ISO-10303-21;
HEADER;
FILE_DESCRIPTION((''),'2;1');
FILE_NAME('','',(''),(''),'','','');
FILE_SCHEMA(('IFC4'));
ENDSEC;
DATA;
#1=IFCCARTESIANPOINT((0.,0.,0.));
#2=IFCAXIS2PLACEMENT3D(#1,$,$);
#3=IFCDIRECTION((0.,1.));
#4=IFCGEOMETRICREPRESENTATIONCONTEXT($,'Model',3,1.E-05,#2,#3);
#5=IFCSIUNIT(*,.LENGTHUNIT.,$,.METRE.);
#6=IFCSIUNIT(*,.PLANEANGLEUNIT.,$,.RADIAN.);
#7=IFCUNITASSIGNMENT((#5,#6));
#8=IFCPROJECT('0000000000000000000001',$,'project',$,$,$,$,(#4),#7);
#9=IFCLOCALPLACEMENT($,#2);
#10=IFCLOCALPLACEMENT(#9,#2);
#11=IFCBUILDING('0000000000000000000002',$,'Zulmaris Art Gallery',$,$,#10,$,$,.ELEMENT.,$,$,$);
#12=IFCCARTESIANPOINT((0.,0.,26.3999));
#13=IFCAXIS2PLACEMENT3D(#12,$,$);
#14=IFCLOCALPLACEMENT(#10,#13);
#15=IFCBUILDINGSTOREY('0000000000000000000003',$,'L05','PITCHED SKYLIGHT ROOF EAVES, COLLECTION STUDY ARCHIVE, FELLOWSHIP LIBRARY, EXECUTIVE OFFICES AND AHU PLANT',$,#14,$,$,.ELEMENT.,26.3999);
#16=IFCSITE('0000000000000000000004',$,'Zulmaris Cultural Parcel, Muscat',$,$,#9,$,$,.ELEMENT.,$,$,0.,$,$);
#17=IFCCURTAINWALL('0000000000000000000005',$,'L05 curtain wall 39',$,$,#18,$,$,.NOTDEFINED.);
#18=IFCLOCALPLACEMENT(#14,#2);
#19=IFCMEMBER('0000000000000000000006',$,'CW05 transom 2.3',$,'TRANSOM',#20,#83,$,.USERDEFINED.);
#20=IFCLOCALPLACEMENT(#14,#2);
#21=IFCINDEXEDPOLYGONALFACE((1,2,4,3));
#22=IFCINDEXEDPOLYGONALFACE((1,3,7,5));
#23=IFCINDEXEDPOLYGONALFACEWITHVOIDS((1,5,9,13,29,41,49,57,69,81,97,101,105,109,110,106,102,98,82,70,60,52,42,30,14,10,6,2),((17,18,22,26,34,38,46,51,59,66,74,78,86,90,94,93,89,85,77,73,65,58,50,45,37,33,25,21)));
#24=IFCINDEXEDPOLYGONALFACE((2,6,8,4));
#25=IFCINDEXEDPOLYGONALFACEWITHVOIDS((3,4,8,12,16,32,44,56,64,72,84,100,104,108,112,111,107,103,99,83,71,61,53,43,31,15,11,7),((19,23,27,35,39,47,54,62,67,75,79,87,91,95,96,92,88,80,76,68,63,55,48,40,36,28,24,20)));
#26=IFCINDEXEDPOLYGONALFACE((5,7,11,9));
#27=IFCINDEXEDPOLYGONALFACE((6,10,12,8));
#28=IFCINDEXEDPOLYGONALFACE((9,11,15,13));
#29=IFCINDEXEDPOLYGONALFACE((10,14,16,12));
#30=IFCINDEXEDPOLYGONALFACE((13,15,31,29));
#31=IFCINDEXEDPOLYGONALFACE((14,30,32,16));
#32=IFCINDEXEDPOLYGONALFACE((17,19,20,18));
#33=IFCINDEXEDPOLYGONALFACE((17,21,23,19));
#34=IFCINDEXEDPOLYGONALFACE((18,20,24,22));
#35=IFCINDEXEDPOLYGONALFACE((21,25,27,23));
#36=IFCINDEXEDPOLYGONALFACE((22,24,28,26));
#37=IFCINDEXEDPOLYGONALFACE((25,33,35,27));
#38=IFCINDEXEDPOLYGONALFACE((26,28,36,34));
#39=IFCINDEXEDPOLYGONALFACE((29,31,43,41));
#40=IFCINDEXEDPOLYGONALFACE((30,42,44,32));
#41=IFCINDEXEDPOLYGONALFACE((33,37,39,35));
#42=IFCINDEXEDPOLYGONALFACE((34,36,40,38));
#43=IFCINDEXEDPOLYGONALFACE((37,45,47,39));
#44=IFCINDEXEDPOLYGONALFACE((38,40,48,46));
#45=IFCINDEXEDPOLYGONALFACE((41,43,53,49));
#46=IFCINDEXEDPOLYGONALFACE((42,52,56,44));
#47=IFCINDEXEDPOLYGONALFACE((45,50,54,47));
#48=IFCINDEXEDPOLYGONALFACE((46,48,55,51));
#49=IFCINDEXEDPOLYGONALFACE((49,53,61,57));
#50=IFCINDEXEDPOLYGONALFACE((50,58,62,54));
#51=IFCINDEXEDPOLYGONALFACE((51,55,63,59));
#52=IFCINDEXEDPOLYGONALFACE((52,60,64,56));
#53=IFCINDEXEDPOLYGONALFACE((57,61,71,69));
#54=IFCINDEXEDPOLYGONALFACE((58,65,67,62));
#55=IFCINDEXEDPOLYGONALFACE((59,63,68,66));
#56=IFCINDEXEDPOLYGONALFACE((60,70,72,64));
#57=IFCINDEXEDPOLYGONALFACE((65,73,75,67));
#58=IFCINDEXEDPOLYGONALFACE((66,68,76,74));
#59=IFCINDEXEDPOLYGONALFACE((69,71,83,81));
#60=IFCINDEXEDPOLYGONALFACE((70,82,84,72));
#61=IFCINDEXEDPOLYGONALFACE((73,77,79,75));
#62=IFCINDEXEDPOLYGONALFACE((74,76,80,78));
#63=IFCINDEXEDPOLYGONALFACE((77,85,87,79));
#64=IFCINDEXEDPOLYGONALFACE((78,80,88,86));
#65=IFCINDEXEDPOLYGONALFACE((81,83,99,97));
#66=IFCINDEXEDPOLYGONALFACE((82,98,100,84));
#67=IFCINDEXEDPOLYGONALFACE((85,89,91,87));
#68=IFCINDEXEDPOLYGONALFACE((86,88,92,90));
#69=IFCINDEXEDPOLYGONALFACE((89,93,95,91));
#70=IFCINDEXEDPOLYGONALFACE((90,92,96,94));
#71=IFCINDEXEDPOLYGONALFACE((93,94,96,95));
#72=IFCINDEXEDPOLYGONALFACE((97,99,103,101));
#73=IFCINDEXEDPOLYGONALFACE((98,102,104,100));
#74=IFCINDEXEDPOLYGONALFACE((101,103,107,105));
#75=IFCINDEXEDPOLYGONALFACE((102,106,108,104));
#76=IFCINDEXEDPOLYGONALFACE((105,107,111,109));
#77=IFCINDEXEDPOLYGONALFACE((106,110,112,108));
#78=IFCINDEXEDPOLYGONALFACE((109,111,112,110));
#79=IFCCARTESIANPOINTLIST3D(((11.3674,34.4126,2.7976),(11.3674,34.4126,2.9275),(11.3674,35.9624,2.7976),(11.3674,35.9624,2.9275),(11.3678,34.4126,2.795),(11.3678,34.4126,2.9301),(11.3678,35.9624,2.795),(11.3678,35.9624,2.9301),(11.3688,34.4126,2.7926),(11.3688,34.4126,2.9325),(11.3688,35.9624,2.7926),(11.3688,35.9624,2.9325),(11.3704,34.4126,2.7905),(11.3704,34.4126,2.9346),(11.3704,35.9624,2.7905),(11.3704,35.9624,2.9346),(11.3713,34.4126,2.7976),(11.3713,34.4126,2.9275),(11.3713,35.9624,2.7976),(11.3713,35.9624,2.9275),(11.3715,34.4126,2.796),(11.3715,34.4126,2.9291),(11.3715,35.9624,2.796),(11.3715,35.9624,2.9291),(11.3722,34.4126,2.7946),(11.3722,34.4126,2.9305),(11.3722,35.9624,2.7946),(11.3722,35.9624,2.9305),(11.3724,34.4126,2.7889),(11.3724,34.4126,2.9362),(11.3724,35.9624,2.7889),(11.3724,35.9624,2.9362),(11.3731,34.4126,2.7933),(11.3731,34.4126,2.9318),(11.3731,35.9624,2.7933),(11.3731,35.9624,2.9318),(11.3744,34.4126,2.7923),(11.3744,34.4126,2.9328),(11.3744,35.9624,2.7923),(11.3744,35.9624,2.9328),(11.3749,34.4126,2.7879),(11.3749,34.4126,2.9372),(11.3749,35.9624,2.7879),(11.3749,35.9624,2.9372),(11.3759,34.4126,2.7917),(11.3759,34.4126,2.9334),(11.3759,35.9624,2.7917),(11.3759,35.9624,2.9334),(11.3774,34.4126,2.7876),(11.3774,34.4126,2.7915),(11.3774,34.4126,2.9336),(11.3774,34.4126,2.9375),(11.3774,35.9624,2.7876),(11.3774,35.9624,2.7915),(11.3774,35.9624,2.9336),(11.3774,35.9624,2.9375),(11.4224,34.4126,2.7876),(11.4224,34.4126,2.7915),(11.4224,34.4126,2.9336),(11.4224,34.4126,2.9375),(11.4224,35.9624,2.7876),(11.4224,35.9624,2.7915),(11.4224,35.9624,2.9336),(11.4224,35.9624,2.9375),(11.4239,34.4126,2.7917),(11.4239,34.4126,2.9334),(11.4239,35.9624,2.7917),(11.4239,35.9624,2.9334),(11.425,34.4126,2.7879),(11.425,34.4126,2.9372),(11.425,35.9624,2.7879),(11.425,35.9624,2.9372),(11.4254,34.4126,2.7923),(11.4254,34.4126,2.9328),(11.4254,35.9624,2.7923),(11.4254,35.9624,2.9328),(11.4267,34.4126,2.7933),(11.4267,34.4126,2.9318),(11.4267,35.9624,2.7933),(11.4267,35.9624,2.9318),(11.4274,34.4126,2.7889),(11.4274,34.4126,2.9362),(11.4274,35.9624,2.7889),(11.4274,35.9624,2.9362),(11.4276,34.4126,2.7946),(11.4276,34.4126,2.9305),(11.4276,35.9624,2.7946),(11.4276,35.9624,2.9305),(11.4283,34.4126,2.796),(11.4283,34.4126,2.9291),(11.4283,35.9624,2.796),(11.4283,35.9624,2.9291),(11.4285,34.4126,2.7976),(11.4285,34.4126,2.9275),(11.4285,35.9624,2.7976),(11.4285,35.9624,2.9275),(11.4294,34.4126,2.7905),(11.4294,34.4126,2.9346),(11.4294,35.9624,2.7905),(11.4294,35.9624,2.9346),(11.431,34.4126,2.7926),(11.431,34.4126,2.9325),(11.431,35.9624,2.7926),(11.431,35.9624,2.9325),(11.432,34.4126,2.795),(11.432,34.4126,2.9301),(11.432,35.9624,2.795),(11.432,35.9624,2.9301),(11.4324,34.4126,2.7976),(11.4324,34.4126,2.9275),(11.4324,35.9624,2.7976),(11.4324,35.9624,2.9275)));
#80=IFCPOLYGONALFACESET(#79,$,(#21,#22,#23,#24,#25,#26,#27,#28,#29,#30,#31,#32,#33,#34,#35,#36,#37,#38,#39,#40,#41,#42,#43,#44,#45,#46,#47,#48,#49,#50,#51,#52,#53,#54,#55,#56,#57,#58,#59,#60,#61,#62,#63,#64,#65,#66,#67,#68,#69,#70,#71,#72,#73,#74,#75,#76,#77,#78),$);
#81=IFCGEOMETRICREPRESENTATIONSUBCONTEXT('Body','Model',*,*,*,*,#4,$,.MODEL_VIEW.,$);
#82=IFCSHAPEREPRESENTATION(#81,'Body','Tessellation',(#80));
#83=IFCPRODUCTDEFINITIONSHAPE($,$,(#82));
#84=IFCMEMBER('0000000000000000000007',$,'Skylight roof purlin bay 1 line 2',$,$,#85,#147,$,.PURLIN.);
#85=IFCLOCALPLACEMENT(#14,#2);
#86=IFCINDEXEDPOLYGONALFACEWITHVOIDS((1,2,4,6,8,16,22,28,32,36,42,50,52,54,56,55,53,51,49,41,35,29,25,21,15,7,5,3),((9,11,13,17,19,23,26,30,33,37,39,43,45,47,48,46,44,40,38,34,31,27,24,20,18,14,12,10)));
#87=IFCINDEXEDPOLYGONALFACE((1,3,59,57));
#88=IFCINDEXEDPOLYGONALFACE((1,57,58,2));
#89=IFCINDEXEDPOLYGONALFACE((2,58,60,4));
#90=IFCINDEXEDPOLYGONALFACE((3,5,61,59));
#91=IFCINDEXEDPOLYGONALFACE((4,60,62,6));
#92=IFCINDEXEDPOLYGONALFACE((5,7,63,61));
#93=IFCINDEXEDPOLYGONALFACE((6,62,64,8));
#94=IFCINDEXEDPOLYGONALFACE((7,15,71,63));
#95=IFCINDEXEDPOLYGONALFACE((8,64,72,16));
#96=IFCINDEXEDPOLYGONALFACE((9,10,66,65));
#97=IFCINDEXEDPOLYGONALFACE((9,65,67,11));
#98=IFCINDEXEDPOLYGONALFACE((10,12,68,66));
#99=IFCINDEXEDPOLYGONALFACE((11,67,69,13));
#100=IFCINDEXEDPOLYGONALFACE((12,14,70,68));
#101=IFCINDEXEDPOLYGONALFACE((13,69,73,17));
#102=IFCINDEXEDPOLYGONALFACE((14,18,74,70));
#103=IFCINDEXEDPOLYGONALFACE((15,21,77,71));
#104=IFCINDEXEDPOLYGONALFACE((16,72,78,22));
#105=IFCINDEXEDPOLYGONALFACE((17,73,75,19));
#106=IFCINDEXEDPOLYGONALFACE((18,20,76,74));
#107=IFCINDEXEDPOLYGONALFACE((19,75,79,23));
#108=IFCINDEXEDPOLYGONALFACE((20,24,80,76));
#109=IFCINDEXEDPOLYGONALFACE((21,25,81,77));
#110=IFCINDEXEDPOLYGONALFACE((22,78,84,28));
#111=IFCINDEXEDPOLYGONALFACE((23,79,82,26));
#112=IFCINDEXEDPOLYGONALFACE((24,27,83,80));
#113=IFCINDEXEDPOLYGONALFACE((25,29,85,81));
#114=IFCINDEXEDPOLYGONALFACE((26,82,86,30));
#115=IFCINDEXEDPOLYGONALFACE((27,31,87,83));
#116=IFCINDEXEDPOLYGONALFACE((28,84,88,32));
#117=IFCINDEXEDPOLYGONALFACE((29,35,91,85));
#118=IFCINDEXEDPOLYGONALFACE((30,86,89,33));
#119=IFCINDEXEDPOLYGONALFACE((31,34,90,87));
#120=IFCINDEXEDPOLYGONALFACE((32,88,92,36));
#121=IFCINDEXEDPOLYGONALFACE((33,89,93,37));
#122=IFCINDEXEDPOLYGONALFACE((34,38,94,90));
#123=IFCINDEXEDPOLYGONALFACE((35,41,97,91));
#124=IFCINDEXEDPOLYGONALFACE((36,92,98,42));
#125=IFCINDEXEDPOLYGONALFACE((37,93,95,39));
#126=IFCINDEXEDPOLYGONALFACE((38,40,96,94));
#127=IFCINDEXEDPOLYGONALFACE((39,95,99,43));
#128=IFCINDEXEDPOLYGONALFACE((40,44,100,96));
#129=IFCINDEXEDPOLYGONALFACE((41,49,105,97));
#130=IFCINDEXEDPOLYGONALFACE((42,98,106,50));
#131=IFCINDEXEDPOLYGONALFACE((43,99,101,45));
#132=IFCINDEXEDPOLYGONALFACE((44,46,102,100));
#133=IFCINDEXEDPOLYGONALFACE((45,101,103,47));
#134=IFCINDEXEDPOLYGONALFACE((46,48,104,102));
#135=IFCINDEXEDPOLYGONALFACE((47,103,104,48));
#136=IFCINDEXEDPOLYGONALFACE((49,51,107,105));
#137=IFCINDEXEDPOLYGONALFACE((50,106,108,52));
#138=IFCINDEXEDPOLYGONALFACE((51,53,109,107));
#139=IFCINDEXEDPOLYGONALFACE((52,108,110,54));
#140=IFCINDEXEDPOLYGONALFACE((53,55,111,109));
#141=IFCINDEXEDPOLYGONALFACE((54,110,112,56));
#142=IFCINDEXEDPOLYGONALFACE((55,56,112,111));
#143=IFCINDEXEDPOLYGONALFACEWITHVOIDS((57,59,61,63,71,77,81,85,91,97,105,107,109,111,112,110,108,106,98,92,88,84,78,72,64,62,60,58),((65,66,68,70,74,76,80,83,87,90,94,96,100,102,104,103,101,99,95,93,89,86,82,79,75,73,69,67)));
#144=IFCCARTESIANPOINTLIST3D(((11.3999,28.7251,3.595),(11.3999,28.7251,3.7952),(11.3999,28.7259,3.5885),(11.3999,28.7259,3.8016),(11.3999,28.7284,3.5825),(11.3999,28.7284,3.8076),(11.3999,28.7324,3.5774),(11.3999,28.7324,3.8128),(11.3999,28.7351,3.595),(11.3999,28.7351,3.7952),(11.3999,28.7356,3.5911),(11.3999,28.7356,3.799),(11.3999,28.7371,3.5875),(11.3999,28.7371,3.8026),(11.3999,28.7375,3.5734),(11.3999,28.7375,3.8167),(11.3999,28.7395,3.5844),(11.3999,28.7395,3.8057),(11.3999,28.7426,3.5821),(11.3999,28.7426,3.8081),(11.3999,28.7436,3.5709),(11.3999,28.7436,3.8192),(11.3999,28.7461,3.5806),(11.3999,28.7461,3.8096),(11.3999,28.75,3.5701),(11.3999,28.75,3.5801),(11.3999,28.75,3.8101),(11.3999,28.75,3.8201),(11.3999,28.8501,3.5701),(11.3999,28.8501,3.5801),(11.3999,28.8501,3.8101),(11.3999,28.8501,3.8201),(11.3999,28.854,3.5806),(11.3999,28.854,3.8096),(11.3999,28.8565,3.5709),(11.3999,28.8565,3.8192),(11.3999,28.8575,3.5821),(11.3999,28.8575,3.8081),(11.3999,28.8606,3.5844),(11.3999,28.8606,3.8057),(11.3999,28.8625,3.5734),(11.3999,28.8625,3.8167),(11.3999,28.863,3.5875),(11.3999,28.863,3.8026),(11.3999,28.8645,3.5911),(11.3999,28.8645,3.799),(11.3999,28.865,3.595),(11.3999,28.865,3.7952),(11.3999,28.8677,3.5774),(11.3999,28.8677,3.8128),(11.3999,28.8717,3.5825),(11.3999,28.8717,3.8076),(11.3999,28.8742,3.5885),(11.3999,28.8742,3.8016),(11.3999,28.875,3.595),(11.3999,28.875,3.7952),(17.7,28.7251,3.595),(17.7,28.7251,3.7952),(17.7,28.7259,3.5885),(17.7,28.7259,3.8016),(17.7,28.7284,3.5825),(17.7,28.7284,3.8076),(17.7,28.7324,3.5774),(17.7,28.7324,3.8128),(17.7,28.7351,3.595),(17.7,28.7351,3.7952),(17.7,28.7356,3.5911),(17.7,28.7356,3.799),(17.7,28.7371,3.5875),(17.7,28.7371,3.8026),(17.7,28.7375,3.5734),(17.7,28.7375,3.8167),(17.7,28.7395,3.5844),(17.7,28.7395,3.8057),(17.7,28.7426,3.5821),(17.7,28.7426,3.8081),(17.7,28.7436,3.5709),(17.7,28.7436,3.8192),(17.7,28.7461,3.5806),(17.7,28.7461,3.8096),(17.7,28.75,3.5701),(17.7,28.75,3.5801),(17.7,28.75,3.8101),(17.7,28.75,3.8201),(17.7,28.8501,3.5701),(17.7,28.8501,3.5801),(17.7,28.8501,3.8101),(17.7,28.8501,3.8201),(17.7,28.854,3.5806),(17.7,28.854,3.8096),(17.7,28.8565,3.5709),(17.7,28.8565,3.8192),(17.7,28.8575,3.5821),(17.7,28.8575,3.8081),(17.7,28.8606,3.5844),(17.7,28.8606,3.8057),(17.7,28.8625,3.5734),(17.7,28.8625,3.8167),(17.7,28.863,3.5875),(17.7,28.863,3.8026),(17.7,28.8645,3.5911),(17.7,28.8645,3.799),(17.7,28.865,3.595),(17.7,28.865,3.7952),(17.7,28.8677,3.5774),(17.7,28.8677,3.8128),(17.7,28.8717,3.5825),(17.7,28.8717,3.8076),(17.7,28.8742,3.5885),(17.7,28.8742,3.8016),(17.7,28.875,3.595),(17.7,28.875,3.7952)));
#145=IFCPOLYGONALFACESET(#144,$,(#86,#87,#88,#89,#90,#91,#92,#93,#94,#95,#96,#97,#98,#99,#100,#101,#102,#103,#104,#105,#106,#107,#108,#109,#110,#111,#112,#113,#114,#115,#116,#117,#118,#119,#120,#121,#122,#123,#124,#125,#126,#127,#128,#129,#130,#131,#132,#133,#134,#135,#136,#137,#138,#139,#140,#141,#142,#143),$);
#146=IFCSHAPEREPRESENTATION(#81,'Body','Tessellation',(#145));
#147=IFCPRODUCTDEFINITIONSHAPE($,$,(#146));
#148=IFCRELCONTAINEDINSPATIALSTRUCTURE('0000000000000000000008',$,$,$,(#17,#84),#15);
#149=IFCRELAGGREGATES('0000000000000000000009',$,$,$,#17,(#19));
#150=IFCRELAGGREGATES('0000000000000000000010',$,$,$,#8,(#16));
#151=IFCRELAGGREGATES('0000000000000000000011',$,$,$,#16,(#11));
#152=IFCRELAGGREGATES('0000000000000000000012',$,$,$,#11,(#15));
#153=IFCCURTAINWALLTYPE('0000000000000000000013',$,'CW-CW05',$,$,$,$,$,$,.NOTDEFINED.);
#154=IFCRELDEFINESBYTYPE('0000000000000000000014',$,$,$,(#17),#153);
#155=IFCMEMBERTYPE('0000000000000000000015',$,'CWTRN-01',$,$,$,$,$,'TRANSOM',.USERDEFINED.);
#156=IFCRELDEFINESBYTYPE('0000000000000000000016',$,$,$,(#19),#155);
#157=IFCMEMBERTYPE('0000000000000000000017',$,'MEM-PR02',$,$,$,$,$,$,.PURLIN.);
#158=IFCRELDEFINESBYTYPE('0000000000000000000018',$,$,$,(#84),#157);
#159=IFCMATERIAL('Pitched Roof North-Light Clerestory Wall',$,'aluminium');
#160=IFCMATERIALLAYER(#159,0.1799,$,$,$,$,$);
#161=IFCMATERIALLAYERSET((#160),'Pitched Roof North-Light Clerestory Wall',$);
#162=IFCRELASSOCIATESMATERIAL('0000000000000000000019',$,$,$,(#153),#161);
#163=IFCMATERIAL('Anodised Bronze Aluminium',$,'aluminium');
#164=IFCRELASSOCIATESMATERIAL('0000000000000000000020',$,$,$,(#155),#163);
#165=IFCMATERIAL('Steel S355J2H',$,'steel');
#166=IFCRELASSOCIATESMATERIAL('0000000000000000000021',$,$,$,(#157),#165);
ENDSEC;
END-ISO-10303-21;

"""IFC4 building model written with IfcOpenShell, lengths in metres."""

from ifc_helpers import new_model, si_unit, direction, frame, origin, origin_2d, place, context, subcontext, project, spatial, hollow_rectangle, extrude, material, layer, layer_set, material_profile, profile_set, type_object, element, aggregate, save


model = new_model("IFC4")

# Units and contexts
model_context = context("Model", 3, precision=1e-05, world=origin(), true_north=direction((0.0, 1.0)))
body_context = subcontext(model_context, "Body", "Model", "MODEL_VIEW")
ifc_project = project(units=[si_unit("LENGTHUNIT", "METRE"), si_unit("PLANEANGLEUNIT", "RADIAN")], contexts=[model_context])

# Site, building, storey
site_placement = place(None, origin())
site = spatial("IfcSite", under=ifc_project, at=site_placement, Name="Zulmaris Cultural Parcel, Muscat", CompositionType="ELEMENT", RefElevation=0.0)
building_placement = place(site_placement, origin())
building = spatial("IfcBuilding", under=site, at=building_placement, Name="Zulmaris Art Gallery", CompositionType="ELEMENT")
storey_placement = place(building_placement, frame((0.0, 0.0, 26.3999)))
storey = spatial("IfcBuildingStorey", under=building, at=storey_placement, Name="L05", Description="PITCHED SKYLIGHT ROOF EAVES, COLLECTION STUDY ARCHIVE, FELLOWSHIP LIBRARY, EXECUTIVE OFFICES AND AHU PLANT", CompositionType="ELEMENT", Elevation=26.3999)

# Curtain wall
ifc_material_1 = material(Name="Pitched Roof North-Light Clerestory Wall", Category="aluminium")
ifc_layer_1 = layer(ifc_material_1, 0.1799)
ifc_layer_set_1 = layer_set([ifc_layer_1], Name="Pitched Roof North-Light Clerestory Wall")
curtain_wall_type = type_object("IfcCurtainWallType", Name="CW-CW05", PredefinedType="NOTDEFINED", material=ifc_layer_set_1)
ifc_material_2 = material(Name="Anodised Bronze Aluminium", Category="aluminium")
curtain_wall_1_placement = place(storey_placement, origin())
curtain_wall_1 = element("IfcCurtainWall", 1, at=curtain_wall_1_placement, inside=storey, type_object=curtain_wall_type, Name="L05 curtain wall 39", PredefinedType="NOTDEFINED")

# Member
ifc_material_profile_1 = material_profile(ifc_material_2, hollow_rectangle(XDim=0.0649, YDim=0.1499, WallThickness=0.0039, InnerFilletRadius=0.0061, OuterFilletRadius=0.01, at=origin_2d()), Name="ALU 65x150x4")
ifc_profile_set_1 = profile_set([ifc_material_profile_1], Name="Anodised Bronze Aluminium")
member_type_1 = type_object("IfcMemberType", Name="CWTRN-01", ElementType="TRANSOM", PredefinedType="USERDEFINED", material=ifc_profile_set_1)
member_1_placement = place(storey_placement, frame((11.3999, 34.4126, 2.8625), z_axis=(0.0, 1.0, 0.0), x_axis=(-1.0, 0.0, 0.0)))
member_1 = element("IfcMember", 2, at=member_1_placement, type_object=member_type_1, Name="CW05 transom 2.3", ObjectType="TRANSOM", PredefinedType="USERDEFINED", context=body_context, shape_type="SweptSolid", body=[
    extrude(hollow_rectangle(XDim=0.0649, YDim=0.1499, WallThickness=0.0039, InnerFilletRadius=0.0061, OuterFilletRadius=0.01, at=origin_2d()), origin(), (0.0, 0.0, 1.0), 1.5498),
])

# Member
ifc_material_3 = material(Name="Steel S355J2H", Category="steel")
ifc_material_profile_2 = material_profile(ifc_material_3, hollow_rectangle(XDim=0.1499, YDim=0.25, WallThickness=0.01, InnerFilletRadius=0.0149, OuterFilletRadius=0.0249, at=origin_2d()), Name="RHS 250x150x10")
ifc_profile_set_2 = profile_set([ifc_material_profile_2], Name="Steel S355J2H")
member_type_2 = type_object("IfcMemberType", Name="MEM-PR02", PredefinedType="PURLIN", material=ifc_profile_set_2)
member_2_placement = place(storey_placement, frame((11.3999, 28.8, 3.6951), z_axis=(1.0, 0.0, 0.0), x_axis=(0.0, 1.0, 0.0)))
element("IfcMember", 3, at=member_2_placement, inside=storey, type_object=member_type_2, Name="Skylight roof purlin bay 1 line 2", PredefinedType="PURLIN", context=body_context, shape_type="SweptSolid", body=[
    extrude(hollow_rectangle(XDim=0.1499, YDim=0.25, WallThickness=0.01, InnerFilletRadius=0.0149, OuterFilletRadius=0.0249, at=origin_2d()), origin(), (0.0, 0.0, 1.0), 6.3),
])

aggregate(curtain_wall_1, [member_1])

save(model, "model.ifc")
